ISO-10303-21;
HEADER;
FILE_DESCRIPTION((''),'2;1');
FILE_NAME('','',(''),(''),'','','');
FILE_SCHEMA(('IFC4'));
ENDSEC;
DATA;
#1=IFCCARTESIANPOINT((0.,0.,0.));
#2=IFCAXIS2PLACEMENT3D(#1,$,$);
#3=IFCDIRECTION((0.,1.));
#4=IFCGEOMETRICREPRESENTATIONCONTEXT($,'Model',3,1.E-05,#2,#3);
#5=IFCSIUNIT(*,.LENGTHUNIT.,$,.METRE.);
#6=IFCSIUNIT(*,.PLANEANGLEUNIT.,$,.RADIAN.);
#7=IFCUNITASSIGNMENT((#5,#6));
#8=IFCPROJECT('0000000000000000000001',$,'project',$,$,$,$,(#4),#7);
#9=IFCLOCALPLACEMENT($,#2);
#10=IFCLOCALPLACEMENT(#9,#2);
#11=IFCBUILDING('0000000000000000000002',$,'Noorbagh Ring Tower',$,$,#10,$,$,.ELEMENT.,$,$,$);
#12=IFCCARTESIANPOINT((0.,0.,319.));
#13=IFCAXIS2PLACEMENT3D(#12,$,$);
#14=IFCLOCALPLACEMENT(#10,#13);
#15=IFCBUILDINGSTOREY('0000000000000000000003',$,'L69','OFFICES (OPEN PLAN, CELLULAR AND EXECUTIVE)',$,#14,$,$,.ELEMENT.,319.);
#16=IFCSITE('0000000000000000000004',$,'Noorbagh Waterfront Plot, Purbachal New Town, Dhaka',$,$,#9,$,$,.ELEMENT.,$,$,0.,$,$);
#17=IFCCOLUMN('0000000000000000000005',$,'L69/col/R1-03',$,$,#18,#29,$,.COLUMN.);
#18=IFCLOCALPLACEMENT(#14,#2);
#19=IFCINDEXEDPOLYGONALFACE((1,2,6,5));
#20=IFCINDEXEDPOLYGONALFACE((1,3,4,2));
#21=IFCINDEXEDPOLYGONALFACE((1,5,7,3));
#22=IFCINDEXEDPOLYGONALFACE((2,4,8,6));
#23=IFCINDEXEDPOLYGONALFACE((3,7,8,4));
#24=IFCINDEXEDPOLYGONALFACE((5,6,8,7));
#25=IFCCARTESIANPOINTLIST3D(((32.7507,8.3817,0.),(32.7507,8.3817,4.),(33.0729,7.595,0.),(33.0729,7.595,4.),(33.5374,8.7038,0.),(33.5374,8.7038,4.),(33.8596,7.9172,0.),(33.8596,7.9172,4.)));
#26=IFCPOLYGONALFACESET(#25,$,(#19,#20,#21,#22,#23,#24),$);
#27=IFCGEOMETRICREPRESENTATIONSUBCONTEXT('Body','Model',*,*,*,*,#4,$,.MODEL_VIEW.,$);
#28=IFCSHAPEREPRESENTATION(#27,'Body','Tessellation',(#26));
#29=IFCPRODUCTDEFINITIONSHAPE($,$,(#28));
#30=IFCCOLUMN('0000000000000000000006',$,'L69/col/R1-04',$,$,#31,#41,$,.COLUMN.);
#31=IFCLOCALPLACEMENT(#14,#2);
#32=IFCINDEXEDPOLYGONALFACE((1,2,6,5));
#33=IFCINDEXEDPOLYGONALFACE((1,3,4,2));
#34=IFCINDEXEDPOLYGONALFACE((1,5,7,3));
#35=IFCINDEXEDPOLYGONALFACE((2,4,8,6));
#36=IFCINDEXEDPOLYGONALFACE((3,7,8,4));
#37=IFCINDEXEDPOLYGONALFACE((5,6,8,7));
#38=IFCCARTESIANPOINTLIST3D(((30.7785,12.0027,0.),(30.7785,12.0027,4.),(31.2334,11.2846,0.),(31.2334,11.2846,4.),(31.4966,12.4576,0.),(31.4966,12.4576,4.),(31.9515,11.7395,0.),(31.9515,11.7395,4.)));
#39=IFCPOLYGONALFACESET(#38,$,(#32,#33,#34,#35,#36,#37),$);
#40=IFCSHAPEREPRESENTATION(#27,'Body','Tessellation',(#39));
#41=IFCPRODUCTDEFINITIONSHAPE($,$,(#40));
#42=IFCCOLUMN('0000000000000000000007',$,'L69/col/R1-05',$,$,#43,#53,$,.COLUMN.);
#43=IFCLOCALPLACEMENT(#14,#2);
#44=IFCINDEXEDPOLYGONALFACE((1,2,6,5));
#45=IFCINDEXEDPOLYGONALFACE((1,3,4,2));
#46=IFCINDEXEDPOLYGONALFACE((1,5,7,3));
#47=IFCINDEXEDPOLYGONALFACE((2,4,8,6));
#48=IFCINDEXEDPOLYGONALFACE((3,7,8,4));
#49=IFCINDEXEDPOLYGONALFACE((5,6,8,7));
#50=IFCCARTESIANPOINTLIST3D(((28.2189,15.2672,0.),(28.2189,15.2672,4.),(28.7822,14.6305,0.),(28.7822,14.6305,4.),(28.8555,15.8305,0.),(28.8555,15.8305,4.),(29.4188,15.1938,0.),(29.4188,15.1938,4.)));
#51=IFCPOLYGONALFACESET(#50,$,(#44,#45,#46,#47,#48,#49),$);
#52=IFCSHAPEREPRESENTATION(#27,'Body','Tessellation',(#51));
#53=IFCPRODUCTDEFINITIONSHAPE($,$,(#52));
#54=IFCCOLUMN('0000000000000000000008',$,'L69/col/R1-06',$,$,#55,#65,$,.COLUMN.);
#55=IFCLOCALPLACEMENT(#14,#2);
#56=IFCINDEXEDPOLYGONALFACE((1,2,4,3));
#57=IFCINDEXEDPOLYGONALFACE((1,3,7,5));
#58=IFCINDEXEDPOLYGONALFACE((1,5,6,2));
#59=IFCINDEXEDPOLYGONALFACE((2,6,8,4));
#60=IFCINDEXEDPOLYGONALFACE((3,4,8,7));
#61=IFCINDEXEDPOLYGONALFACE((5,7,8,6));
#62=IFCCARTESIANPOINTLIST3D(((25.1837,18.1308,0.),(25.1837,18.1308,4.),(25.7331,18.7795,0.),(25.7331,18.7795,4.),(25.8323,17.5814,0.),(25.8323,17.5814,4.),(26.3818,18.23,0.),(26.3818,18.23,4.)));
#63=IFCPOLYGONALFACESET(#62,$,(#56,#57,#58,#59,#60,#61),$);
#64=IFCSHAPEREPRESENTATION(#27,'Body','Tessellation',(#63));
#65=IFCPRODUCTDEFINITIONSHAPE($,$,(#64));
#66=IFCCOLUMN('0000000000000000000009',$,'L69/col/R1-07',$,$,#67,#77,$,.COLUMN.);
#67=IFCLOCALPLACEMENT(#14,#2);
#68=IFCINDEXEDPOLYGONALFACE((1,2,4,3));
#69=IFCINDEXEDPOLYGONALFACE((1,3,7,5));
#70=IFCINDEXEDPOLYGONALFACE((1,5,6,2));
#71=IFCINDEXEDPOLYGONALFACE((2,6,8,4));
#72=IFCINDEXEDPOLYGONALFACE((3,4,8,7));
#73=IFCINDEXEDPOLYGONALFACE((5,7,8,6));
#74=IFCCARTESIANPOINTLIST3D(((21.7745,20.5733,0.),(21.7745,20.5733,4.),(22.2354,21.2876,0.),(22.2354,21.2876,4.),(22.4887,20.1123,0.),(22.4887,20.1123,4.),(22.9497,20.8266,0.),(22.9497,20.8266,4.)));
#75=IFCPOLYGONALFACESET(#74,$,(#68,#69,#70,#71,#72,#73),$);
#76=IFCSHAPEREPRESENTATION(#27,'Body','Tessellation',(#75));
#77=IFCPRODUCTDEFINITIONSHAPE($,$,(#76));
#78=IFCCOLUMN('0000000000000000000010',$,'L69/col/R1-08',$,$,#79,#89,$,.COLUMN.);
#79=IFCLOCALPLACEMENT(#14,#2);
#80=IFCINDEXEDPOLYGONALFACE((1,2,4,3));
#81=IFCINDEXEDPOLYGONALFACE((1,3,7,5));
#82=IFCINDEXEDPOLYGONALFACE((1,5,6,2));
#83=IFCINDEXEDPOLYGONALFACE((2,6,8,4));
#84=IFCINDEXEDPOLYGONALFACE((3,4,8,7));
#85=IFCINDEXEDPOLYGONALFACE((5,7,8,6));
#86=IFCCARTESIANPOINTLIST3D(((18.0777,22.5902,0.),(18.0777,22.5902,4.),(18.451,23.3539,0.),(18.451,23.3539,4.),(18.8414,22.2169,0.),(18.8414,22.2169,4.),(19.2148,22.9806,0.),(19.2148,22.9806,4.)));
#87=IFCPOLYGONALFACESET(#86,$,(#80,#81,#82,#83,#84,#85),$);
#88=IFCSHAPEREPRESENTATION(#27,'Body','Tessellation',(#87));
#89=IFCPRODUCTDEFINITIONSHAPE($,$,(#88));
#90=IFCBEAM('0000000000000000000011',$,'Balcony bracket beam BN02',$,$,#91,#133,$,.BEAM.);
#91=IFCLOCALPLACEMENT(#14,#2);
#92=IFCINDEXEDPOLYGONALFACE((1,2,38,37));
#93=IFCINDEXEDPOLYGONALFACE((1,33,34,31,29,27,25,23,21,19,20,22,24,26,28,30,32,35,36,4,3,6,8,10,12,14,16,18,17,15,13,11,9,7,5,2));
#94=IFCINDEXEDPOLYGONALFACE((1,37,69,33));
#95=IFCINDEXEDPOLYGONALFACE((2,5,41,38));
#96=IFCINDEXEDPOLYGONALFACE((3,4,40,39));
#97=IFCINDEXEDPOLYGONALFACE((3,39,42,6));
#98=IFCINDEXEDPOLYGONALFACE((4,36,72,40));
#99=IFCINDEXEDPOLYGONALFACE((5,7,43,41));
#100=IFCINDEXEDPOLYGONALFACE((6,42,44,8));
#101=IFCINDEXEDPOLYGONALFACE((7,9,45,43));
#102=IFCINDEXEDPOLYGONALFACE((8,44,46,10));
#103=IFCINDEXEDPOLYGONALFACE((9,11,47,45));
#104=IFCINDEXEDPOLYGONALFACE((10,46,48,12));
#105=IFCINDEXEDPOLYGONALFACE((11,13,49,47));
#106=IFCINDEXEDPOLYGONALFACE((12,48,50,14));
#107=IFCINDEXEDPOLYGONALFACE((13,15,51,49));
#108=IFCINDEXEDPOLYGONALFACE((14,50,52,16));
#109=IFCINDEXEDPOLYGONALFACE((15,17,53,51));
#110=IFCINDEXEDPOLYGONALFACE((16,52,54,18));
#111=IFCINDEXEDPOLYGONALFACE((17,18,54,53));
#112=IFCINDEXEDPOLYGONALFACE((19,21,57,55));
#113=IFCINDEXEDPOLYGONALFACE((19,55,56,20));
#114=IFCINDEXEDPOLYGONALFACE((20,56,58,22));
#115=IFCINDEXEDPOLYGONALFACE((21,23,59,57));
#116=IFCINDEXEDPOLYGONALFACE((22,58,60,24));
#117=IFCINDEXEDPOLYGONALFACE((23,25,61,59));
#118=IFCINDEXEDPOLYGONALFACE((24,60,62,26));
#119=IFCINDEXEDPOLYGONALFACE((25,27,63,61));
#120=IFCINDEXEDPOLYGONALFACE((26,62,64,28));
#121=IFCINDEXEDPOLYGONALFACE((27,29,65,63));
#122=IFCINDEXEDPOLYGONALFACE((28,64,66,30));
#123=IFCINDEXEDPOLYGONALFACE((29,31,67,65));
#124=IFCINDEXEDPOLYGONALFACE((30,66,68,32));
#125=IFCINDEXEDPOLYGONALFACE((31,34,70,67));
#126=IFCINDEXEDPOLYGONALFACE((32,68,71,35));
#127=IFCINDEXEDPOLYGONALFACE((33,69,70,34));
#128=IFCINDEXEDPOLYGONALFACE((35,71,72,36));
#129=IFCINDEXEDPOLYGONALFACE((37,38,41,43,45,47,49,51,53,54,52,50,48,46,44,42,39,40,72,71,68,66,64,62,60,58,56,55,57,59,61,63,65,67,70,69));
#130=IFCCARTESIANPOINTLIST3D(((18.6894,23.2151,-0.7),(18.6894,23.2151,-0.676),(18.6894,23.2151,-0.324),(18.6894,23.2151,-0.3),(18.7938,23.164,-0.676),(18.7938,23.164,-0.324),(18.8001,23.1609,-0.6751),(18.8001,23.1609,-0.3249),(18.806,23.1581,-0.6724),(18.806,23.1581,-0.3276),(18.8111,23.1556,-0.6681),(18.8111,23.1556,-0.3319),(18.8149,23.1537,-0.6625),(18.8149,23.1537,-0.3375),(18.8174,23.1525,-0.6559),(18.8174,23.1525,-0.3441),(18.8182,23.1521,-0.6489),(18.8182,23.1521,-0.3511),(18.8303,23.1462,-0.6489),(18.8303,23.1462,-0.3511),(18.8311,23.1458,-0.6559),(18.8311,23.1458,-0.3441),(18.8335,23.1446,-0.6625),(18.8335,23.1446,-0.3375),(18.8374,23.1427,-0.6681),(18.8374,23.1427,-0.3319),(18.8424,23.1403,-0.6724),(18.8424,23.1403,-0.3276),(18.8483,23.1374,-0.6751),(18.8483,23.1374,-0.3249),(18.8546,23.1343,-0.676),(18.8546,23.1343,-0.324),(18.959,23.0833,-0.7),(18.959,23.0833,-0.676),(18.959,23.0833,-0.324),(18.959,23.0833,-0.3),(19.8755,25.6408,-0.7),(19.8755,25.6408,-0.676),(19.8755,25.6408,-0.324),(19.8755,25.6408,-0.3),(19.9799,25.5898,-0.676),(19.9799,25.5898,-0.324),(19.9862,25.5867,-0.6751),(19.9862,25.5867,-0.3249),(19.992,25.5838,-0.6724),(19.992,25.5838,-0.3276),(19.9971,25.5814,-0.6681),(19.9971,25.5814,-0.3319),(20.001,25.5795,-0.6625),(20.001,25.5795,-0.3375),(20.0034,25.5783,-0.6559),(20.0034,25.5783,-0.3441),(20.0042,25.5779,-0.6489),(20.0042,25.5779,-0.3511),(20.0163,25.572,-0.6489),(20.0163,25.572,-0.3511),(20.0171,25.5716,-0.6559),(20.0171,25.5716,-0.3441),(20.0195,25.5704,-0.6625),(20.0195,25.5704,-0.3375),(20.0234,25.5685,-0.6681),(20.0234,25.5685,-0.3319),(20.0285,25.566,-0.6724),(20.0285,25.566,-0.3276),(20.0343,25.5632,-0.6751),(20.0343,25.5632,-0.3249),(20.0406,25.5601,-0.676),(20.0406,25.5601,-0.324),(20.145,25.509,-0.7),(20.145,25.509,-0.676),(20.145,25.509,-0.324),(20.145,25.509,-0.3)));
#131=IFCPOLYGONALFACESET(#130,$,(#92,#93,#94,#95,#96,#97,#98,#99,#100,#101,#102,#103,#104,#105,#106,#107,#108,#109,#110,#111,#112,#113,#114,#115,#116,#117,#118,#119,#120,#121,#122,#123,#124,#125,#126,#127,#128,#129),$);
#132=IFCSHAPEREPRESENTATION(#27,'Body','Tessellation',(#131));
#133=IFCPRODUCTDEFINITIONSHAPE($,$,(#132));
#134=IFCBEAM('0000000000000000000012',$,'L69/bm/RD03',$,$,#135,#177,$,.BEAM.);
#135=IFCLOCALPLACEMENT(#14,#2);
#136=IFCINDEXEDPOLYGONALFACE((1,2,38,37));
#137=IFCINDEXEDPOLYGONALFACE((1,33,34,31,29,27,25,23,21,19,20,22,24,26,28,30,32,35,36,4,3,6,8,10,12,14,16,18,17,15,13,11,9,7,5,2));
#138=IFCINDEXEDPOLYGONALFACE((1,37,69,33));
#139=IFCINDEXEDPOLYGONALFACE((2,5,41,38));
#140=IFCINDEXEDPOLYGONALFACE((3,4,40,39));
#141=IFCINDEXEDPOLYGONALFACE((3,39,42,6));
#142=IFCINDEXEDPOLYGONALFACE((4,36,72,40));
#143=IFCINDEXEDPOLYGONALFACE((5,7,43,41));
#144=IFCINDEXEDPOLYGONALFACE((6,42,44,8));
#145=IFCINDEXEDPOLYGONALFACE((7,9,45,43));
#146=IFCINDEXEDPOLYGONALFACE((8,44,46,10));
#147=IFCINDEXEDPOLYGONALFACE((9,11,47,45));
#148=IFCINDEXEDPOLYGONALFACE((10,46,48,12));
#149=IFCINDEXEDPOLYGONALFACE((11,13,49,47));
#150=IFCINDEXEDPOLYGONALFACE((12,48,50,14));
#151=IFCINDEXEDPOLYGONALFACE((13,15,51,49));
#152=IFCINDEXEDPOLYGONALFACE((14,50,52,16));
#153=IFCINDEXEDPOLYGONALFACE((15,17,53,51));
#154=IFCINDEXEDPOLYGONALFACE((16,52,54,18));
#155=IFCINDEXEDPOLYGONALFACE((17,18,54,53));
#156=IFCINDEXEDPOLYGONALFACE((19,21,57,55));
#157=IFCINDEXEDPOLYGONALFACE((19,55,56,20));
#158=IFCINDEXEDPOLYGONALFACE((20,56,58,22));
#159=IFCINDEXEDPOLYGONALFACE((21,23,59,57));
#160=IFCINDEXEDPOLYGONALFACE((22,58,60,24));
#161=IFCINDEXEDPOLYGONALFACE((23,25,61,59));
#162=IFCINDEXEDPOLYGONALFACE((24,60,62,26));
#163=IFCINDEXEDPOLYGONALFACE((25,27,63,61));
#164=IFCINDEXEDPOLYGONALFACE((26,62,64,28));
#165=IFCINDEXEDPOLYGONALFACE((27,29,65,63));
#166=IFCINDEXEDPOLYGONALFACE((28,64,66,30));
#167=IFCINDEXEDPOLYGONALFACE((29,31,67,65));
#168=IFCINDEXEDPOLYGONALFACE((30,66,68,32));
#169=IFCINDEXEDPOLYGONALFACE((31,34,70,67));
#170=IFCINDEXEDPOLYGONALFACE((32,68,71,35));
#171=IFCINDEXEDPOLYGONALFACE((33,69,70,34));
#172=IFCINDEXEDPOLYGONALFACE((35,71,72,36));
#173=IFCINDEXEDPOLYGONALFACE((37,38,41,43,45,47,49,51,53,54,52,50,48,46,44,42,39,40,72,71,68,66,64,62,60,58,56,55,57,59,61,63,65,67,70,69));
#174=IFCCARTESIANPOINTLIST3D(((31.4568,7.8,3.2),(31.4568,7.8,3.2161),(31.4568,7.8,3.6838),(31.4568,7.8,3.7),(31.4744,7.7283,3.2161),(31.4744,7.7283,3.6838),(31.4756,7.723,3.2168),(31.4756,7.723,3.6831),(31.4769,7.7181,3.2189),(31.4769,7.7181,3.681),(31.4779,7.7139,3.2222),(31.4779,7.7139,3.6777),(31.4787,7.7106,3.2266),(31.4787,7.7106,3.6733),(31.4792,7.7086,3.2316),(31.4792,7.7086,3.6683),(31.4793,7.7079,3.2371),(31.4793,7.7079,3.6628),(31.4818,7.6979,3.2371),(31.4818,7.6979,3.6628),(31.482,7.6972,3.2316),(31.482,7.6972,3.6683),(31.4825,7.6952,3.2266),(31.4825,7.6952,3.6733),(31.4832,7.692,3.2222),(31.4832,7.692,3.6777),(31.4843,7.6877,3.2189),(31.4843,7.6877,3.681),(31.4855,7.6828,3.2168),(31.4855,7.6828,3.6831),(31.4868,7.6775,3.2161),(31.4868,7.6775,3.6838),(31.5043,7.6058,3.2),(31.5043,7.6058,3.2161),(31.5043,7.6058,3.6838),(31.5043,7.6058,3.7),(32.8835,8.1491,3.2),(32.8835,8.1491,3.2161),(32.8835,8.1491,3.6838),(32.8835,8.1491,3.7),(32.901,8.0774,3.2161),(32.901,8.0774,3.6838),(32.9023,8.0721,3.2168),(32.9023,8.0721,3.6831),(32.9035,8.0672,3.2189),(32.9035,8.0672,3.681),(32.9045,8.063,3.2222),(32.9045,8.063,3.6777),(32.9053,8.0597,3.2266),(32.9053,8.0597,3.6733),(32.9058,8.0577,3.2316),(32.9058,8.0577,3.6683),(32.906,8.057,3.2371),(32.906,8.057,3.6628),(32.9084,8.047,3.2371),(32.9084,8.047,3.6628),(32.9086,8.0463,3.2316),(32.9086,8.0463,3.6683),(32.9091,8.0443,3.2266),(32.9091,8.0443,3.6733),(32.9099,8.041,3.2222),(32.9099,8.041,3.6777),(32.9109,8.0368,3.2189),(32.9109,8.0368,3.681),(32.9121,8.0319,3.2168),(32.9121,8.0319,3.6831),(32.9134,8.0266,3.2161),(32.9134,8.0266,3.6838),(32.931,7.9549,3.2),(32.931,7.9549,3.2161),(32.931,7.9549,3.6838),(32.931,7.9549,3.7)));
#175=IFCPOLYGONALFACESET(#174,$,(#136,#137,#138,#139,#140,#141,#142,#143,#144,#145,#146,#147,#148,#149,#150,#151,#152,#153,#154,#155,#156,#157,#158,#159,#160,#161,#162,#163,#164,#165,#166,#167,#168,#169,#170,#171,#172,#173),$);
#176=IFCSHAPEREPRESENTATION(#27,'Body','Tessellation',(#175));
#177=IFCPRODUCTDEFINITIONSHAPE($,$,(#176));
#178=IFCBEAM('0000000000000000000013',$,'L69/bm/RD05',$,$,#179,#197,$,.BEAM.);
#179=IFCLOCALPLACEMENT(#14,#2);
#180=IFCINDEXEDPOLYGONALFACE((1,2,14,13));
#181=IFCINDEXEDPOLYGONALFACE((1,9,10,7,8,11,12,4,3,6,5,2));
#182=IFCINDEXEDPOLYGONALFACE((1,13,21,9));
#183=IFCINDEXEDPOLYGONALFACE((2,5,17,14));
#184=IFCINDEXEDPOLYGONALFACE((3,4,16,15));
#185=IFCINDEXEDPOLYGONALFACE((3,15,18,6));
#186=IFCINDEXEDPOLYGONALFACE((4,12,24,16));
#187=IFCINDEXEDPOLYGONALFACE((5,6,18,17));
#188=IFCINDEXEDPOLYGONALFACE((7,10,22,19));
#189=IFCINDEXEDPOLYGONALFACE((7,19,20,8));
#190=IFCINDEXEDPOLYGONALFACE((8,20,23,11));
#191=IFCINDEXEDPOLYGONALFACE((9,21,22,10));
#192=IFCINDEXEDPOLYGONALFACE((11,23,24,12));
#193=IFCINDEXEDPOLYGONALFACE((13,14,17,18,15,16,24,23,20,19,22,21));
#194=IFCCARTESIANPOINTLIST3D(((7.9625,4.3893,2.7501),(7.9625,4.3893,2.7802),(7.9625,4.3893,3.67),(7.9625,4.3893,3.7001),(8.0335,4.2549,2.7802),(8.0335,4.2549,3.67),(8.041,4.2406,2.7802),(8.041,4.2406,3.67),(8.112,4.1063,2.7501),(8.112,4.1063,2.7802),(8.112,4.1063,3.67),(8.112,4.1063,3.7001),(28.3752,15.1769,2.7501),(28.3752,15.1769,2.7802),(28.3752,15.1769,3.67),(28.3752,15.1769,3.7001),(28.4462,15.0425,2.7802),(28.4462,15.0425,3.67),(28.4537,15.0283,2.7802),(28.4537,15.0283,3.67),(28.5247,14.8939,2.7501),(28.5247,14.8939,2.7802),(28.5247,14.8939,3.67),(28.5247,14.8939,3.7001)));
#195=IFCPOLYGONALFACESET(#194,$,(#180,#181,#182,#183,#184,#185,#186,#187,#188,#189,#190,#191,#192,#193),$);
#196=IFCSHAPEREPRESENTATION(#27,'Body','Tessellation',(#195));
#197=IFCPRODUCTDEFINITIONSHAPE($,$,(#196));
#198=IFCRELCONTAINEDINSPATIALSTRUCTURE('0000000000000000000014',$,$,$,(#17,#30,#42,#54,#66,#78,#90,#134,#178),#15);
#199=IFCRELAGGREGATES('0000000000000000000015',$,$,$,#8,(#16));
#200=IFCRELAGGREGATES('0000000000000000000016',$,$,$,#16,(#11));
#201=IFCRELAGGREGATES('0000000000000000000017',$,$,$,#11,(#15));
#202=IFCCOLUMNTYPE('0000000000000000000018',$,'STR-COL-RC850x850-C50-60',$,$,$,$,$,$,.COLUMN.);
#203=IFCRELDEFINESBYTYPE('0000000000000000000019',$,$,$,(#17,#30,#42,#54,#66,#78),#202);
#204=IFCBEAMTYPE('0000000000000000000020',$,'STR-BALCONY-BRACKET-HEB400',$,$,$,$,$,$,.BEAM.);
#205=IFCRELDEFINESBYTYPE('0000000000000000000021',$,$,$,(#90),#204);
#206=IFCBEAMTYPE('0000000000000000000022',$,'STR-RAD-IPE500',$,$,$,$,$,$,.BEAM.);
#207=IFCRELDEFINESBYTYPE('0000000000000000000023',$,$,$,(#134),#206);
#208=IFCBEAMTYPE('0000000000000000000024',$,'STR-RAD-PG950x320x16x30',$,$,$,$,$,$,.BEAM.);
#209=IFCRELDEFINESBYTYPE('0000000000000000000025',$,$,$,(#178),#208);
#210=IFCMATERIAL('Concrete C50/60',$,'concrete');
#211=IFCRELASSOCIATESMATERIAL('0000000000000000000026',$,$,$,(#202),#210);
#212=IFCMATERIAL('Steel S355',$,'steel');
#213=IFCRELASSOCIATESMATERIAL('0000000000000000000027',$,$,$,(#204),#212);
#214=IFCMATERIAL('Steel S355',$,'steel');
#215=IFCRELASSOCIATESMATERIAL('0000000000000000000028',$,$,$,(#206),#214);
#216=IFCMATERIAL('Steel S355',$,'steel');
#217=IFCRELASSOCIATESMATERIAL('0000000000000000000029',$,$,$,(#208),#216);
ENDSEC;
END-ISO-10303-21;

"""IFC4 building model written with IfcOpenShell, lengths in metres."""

from ifc_helpers import new_model, si_unit, direction, frame, origin, origin_2d, place, context, subcontext, project, spatial, rectangle, i_section, extrude, material, material_profile, profile_set, type_object, element, save


model = new_model("IFC4")

# Units and contexts
model_context = context("Model", 3, precision=1e-05, world=origin(), true_north=direction((0.0, 1.0)))
body_context = subcontext(model_context, "Body", "Model", "MODEL_VIEW")
ifc_project = project(units=[si_unit("LENGTHUNIT", "METRE"), si_unit("PLANEANGLEUNIT", "RADIAN")], contexts=[model_context])

# Site, building, storey
site_placement = place(None, origin())
site = spatial("IfcSite", under=ifc_project, at=site_placement, Name="Noorbagh Waterfront Plot, Purbachal New Town, Dhaka", CompositionType="ELEMENT", RefElevation=0.0)
building_placement = place(site_placement, origin())
building = spatial("IfcBuilding", under=site, at=building_placement, Name="Noorbagh Ring Tower", CompositionType="ELEMENT")
storey_placement = place(building_placement, frame((0.0, 0.0, 319.0)))
storey = spatial("IfcBuildingStorey", under=building, at=storey_placement, Name="L69", Description="OFFICES (OPEN PLAN, CELLULAR AND EXECUTIVE)", CompositionType="ELEMENT", Elevation=319.0)

# Columns
ifc_material_1 = material(Name="Concrete C50/60", Category="concrete")
ifc_material_profile_1 = material_profile(ifc_material_1, rectangle(XDim=0.8501, YDim=0.8501, at=origin_2d()), Name="RC850x850")
ifc_profile_set_1 = profile_set([ifc_material_profile_1], Name="Concrete C50/60")
column_type = type_object("IfcColumnType", Name="STR-COL-RC850x850-C50-60", PredefinedType="COLUMN", material=ifc_profile_set_1)
for number, where, z_axis, x_axis, name in (
    (1, (33.3052, 8.1494, 0.0), (0.0, 0.0, 1.0), (-0.378989, 0.925401, 0.0), "L69/col/R1-03"),
    (2, (31.365, 11.8711, 0.0), (0.0, 0.0, 1.0), (-0.53519, 0.844731, 0.0), "L69/col/R1-04"),
    (3, (28.8188, 15.2305, 0.0), (0.0, 0.0, 1.0), (-0.662636, 0.748942, 0.0), "L69/col/R1-05"),
    (4, (25.7827, 18.1804, 0.0), (0.0, 0.0, 1.0), (-0.763035, 0.646357, 0.0), "L69/col/R1-06"),
    (5, (22.3621, 20.7, 0.0), (0.0, 0.0, 1.0), (-0.840248, 0.542203, 0.0), "L69/col/R1-07"),
    (6, (18.6462, 22.7854, 0.0), (0.0, 0.0, 1.0), (-0.898399, 0.43918, 0.0), "L69/col/R1-08"),
):
    element("IfcColumn", number, at=place(storey_placement, frame(where, z_axis=z_axis, x_axis=x_axis)), inside=storey, type_object=column_type, Name=name, PredefinedType="COLUMN", context=body_context, shape_type="SweptSolid", body=[
        extrude(rectangle(XDim=0.8501, YDim=0.8501, at=origin_2d()), origin(), (0.0, 0.0, 1.0), 4.0),
    ])

# Beams
ifc_material_2 = material(Name="Steel S355", Category="steel")
ifc_material_profile_2 = material_profile(ifc_material_2, i_section(OverallWidth=0.3, OverallDepth=0.3999, WebThickness=0.0134, FlangeThickness=0.0239, FilletRadius=0.0271, at=origin_2d()), Name="HEB400")
ifc_profile_set_2 = profile_set([ifc_material_profile_2], Name="Steel S355")
beam_type_1 = type_object("IfcBeamType", Name="STR-BALCONY-BRACKET-HEB400", PredefinedType="BEAM", material=ifc_profile_set_2)
beam_1_placement = place(storey_placement, frame((18.8242, 23.1492, -0.5), z_axis=(0.439239, 0.89837, 0.0), x_axis=(-0.89837, 0.439239, 0.0)))
element("IfcBeam", 7, at=beam_1_placement, inside=storey, type_object=beam_type_1, Name="Balcony bracket beam BN02", PredefinedType="BEAM", context=body_context, shape_type="SweptSolid", body=[
    extrude(i_section(OverallWidth=0.3, OverallDepth=0.3999, WebThickness=0.0134, FlangeThickness=0.0239, FilletRadius=0.0271, at=origin_2d()), origin(), (0.0, 0.0, 1.0), 2.7002),
])
ifc_material_3 = material(Name="Steel S355", Category="steel")
ifc_material_profile_3 = material_profile(ifc_material_3, i_section(OverallWidth=0.2, OverallDepth=0.5, WebThickness=0.0103, FlangeThickness=0.0161, FilletRadius=0.021, at=origin_2d()), Name="IPE500")
ifc_profile_set_3 = profile_set([ifc_material_profile_3], Name="Steel S355")
beam_type_2 = type_object("IfcBeamType", Name="STR-RAD-IPE500", PredefinedType="BEAM", material=ifc_profile_set_3)
beam_2_placement = place(storey_placement, frame((32.9072, 8.052, 3.45), z_axis=(-0.971343, -0.237683, 0.0), x_axis=(0.237683, -0.971343, 0.0)))
element("IfcBeam", 8, at=beam_2_placement, inside=storey, type_object=beam_type_2, Name="L69/bm/RD03", PredefinedType="BEAM", context=body_context, shape_type="SweptSolid", body=[
    extrude(i_section(OverallWidth=0.2, OverallDepth=0.5, WebThickness=0.0103, FlangeThickness=0.0161, FilletRadius=0.021, at=origin_2d()), origin(), (0.0, 0.0, 1.0), 1.4688),
])
ifc_material_4 = material(Name="Steel S355", Category="steel")
ifc_material_profile_4 = material_profile(ifc_material_4, i_section(OverallWidth=0.3201, OverallDepth=0.95, WebThickness=0.0161, FlangeThickness=0.03, at=origin_2d()), Name="PG950x320x16x30")
ifc_profile_set_4 = profile_set([ifc_material_profile_4], Name="Steel S355")
beam_type_3 = type_object("IfcBeamType", Name="STR-RAD-PG950x320x16x30", PredefinedType="BEAM", material=ifc_profile_set_4)
beam_3_placement = place(storey_placement, frame((28.45, 15.0354, 3.2251), z_axis=(-0.884129, -0.467242, 0.0), x_axis=(0.467242, -0.884129, 0.0)))
element("IfcBeam", 9, at=beam_3_placement, inside=storey, type_object=beam_type_3, Name="L69/bm/RD05", PredefinedType="BEAM", context=body_context, shape_type="SweptSolid", body=[
    extrude(i_section(OverallWidth=0.3201, OverallDepth=0.95, WebThickness=0.0161, FlangeThickness=0.03, at=origin_2d()), origin(), (0.0, 0.0, 1.0), 23.0879),
])

save(model, "model.ifc")
